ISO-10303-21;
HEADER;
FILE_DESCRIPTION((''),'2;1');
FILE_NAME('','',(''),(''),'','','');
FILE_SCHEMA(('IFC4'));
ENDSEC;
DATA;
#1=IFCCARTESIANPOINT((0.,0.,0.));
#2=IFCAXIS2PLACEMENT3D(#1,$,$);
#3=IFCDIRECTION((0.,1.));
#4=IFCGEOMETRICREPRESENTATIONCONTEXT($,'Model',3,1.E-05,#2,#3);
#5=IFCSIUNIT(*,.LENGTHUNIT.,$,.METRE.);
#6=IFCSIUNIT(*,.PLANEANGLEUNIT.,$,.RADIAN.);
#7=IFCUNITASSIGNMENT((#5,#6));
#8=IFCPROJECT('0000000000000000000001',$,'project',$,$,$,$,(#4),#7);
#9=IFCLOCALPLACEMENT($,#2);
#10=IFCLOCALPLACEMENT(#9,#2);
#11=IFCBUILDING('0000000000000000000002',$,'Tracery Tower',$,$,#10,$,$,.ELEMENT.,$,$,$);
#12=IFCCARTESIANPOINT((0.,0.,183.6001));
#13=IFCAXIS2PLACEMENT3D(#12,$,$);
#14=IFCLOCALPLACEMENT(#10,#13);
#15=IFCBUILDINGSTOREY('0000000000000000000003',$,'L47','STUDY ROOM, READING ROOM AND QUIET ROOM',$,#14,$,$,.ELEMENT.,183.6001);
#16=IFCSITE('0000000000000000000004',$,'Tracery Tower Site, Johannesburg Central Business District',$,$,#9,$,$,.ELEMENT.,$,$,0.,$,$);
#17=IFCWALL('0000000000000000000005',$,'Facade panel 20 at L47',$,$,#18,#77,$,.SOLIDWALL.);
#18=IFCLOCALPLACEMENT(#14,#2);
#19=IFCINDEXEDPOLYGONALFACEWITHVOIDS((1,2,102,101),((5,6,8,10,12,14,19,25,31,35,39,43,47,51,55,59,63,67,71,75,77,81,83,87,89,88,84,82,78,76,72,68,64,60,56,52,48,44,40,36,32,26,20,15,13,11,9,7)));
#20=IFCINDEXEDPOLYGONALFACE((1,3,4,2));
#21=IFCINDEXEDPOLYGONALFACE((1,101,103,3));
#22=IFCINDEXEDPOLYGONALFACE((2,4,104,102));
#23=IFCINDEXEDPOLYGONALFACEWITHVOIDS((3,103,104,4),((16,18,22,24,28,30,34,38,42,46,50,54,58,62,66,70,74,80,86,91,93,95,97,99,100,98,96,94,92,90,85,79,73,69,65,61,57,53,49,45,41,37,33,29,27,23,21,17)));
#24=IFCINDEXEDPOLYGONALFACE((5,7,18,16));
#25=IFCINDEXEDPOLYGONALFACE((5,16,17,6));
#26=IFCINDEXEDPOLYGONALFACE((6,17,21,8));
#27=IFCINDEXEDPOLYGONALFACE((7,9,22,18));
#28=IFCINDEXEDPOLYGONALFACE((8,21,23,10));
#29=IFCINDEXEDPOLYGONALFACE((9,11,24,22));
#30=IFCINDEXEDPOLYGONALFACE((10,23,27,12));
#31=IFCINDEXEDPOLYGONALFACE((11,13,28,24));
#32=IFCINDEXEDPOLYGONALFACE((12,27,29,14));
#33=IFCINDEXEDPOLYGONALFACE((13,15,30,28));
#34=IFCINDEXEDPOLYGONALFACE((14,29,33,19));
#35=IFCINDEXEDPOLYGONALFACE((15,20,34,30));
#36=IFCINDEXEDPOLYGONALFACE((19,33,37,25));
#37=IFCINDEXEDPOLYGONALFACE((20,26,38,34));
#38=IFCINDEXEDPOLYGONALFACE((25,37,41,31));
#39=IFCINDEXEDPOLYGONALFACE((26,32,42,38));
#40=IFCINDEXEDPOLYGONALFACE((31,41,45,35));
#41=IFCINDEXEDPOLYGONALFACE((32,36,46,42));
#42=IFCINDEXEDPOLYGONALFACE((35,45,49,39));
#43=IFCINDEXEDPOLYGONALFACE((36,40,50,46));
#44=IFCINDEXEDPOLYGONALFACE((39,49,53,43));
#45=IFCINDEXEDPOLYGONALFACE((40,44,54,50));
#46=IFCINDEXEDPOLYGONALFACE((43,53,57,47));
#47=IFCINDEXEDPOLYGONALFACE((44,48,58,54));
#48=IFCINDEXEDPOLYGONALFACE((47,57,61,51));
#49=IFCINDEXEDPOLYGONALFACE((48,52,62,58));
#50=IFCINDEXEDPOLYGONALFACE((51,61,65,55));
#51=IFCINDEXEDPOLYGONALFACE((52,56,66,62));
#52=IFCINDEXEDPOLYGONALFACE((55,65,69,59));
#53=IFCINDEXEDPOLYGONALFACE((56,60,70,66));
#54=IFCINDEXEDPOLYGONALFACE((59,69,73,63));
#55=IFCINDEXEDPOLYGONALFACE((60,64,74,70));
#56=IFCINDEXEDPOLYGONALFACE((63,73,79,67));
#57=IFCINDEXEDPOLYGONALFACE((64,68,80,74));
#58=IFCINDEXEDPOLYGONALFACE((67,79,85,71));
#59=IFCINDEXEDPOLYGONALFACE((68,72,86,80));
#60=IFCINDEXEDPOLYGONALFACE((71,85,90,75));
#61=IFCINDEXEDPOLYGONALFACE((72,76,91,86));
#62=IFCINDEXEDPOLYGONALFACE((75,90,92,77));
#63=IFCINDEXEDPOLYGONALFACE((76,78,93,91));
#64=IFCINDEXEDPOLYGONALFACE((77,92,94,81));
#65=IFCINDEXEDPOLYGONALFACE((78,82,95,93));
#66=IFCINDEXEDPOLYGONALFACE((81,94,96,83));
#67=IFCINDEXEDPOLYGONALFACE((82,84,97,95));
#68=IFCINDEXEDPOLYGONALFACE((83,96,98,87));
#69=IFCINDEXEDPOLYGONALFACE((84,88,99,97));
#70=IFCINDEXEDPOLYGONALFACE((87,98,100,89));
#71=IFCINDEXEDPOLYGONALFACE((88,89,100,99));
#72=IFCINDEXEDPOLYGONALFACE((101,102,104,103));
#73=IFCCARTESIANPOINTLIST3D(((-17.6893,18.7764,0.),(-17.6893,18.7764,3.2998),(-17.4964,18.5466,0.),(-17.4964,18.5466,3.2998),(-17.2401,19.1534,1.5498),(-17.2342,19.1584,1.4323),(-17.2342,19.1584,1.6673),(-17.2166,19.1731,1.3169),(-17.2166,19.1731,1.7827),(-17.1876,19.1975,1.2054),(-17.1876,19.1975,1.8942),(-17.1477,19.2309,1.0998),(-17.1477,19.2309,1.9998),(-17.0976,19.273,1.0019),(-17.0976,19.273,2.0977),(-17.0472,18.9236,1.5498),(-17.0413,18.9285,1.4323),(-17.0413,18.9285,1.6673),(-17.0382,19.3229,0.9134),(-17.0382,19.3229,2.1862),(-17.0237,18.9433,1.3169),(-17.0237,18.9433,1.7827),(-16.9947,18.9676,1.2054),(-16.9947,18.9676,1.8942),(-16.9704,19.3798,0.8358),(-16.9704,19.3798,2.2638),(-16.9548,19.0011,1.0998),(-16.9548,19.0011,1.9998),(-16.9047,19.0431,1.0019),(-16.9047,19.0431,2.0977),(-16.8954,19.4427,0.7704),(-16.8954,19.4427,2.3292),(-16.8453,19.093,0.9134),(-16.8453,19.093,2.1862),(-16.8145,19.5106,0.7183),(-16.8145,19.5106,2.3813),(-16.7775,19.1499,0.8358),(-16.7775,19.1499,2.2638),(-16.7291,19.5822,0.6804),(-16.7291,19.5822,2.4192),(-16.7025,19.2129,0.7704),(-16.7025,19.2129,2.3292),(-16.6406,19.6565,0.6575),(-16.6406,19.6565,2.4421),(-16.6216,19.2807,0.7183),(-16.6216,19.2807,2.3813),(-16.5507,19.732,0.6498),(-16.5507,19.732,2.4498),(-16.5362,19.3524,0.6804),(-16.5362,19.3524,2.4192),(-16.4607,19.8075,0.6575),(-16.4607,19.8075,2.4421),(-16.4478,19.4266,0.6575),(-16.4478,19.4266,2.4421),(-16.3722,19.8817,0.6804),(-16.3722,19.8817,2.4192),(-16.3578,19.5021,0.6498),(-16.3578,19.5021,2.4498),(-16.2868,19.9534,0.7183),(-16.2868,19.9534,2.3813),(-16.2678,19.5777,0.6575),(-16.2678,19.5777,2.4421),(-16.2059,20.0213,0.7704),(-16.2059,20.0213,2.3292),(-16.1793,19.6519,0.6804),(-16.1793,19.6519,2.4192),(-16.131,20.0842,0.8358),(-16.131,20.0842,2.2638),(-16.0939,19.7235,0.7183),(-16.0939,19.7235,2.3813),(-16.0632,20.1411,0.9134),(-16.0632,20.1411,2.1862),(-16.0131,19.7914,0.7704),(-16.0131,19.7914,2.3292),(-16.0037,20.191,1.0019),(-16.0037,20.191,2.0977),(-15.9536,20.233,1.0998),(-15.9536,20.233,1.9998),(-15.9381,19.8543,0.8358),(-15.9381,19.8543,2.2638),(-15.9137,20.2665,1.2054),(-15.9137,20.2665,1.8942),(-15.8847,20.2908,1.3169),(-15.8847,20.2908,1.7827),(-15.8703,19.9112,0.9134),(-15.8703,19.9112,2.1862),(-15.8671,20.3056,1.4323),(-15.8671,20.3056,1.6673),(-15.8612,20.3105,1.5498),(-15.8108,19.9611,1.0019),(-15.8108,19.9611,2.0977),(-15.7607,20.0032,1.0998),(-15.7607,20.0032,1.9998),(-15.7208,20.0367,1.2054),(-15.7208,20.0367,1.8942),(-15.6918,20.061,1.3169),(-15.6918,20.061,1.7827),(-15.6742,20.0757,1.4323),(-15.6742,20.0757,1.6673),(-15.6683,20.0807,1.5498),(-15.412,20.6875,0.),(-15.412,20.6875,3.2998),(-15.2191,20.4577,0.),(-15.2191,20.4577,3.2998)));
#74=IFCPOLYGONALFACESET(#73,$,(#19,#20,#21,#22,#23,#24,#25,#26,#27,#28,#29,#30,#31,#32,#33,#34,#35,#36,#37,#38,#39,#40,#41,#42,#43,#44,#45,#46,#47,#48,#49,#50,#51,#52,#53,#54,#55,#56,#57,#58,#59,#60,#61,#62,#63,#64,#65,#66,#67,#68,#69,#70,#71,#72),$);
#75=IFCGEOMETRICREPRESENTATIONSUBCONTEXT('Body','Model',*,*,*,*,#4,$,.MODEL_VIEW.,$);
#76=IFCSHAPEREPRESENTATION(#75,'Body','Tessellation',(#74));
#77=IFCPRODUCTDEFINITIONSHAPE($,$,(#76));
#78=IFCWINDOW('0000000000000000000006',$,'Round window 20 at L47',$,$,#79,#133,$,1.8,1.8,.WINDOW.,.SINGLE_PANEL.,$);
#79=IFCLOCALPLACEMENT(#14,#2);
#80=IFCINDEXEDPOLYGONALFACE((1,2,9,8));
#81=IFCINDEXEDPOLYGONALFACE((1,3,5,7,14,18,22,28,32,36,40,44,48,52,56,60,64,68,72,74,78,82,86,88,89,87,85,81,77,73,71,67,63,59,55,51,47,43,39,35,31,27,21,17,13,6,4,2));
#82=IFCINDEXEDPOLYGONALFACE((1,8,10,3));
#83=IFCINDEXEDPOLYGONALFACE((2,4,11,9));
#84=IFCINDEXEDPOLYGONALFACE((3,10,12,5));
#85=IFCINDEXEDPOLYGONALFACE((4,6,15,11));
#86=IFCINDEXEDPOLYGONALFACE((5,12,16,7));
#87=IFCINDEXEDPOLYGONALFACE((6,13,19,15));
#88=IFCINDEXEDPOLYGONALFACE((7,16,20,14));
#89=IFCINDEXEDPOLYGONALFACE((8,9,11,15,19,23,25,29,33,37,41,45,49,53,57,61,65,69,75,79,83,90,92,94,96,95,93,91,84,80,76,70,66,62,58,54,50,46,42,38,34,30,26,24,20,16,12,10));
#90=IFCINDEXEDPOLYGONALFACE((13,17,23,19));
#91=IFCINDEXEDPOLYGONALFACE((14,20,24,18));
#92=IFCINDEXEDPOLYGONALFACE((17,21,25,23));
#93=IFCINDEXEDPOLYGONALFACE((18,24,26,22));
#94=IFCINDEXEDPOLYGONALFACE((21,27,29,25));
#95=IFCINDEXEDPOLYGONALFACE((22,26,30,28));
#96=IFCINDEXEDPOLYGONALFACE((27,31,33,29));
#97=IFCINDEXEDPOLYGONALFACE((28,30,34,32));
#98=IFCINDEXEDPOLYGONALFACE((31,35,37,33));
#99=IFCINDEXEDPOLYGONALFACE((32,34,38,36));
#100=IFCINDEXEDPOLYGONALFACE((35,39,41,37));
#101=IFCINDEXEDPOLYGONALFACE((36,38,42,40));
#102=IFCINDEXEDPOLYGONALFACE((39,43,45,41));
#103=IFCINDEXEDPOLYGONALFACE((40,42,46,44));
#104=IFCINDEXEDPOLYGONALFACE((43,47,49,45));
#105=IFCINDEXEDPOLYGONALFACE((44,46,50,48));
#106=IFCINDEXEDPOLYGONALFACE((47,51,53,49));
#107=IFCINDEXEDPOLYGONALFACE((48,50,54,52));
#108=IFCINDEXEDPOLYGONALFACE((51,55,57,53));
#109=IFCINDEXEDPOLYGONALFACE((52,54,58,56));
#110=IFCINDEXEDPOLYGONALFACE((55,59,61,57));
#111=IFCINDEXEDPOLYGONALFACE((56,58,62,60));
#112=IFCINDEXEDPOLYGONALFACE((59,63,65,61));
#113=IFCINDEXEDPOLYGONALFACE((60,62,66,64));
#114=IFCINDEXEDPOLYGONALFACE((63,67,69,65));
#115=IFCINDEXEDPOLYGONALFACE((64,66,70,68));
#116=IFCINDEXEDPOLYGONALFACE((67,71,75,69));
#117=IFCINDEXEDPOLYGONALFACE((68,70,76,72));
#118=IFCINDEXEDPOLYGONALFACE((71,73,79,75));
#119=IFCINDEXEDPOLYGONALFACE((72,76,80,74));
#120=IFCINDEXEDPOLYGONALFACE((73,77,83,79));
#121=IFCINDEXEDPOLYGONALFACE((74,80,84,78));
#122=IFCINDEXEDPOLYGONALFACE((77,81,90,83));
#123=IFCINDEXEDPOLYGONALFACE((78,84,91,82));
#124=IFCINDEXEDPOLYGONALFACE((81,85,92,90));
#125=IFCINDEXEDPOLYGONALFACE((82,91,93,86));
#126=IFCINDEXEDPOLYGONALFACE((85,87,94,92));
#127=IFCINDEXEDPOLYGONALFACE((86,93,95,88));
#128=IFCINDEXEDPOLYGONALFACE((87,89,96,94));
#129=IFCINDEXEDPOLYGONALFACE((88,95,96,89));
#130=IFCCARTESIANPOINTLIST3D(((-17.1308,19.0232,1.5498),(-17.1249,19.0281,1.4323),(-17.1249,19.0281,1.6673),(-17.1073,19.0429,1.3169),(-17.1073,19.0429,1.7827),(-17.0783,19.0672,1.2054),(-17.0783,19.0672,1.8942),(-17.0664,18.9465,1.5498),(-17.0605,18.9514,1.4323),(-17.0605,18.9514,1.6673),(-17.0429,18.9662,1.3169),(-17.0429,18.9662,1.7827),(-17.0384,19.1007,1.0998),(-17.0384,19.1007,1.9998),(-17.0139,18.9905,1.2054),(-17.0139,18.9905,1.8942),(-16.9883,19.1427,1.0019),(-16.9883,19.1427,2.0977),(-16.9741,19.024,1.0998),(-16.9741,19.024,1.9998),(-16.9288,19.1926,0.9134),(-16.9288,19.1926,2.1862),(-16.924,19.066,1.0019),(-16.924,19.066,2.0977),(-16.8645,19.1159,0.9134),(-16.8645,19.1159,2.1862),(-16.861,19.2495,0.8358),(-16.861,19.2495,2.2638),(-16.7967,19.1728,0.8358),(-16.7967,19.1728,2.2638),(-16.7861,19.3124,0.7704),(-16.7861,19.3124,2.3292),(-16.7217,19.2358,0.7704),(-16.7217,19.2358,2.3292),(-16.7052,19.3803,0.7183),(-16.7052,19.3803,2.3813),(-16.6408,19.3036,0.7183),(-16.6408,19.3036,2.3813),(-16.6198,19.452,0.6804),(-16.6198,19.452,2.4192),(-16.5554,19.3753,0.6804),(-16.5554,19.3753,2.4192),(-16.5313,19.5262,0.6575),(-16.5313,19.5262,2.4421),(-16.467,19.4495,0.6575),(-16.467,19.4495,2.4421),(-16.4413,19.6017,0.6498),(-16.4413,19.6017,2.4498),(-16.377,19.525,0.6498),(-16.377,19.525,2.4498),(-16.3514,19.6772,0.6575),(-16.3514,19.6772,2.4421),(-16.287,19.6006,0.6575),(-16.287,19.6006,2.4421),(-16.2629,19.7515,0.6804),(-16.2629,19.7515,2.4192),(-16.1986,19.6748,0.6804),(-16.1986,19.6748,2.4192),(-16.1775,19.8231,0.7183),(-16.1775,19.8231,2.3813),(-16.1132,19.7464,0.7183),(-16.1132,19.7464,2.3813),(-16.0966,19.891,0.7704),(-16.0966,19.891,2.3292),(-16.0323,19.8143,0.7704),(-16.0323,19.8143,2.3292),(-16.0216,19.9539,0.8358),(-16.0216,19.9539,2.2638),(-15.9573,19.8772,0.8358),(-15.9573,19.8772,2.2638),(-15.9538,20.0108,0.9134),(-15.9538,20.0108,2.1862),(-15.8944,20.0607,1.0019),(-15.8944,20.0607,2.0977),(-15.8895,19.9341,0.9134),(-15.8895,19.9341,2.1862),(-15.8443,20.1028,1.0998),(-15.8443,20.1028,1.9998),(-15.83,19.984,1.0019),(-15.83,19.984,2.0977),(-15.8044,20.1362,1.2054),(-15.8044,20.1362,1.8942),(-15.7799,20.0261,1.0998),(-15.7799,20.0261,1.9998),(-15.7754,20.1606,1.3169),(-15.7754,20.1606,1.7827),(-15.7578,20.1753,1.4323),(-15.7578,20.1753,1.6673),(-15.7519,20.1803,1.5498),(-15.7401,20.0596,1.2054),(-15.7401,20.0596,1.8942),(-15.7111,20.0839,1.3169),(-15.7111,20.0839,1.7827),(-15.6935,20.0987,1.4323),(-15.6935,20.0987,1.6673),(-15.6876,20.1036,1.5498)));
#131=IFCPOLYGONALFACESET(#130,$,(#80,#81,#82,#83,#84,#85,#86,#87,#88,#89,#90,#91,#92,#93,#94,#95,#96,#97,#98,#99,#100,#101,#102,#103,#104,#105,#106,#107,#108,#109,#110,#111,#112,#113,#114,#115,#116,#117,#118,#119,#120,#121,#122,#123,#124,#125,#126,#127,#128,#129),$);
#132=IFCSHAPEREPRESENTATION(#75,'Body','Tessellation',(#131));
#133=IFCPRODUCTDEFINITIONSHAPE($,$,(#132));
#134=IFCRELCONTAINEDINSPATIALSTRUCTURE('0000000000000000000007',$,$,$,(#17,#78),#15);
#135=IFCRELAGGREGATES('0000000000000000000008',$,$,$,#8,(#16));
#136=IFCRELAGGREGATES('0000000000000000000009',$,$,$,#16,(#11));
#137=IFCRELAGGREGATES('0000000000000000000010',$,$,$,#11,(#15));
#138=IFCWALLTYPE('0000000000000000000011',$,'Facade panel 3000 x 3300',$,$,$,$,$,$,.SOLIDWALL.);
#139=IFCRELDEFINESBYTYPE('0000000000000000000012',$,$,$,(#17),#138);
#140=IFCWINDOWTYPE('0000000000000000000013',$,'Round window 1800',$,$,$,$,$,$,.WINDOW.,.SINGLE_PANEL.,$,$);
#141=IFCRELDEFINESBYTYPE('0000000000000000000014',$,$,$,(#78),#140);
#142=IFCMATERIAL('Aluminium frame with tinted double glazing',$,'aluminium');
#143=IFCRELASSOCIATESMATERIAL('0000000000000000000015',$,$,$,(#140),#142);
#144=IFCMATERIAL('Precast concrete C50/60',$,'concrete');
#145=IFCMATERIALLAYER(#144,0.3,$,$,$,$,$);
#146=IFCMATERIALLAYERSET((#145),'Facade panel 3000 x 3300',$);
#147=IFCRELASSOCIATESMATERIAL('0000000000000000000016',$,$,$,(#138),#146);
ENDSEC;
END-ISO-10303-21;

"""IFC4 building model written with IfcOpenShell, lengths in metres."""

from ifc_helpers import new_model, si_unit, direction, frame, frame_2d, origin, origin_2d, place, context, subcontext, project, spatial, rectangle, circle, extrude, material, layer, layer_set, type_object, element, fill, save


model = new_model("IFC4")

# Units and contexts
model_context = context("Model", 3, precision=1e-05, world=origin(), true_north=direction((0.0, 1.0)))
body_context = subcontext(model_context, "Body", "Model", "MODEL_VIEW")
ifc_project = project(units=[si_unit("LENGTHUNIT", "METRE"), si_unit("PLANEANGLEUNIT", "RADIAN")], contexts=[model_context])

# Site, building, storey
site_placement = place(None, origin())
site = spatial("IfcSite", under=ifc_project, at=site_placement, Name="Tracery Tower Site, Johannesburg Central Business District", CompositionType="ELEMENT", RefElevation=0.0)
building_placement = place(site_placement, origin())
building = spatial("IfcBuilding", under=site, at=building_placement, Name="Tracery Tower", CompositionType="ELEMENT")
storey_placement = place(building_placement, frame((0.0, 0.0, 183.6001)))
storey = spatial("IfcBuildingStorey", under=building, at=storey_placement, Name="L47", Description="STUDY ROOM, READING ROOM AND QUIET ROOM", CompositionType="ELEMENT", Elevation=183.6001)

# Wall, opening, window
ifc_material_1 = material(Name="Aluminium frame with tinted double glazing", Category="aluminium")
window_type = type_object("IfcWindowType", Name="Round window 1800", PartitioningType="SINGLE_PANEL", PredefinedType="WINDOW", material=ifc_material_1)
ifc_material_2 = material(Name="Precast concrete C50/60", Category="concrete")
ifc_layer_1 = layer(ifc_material_2, 0.3)
ifc_layer_set_1 = layer_set([ifc_layer_1], Name="Facade panel 3000 x 3300")
wall_type_1 = type_object("IfcWallType", Name="Facade panel 3000 x 3300", PredefinedType="SOLIDWALL", material=ifc_layer_set_1)
wall_1_placement = place(storey_placement, frame((-15.3157, 20.5725, 0.0), z_axis=(0.0, 0.0, 1.0), x_axis=(-0.766009, -0.64283, 0.0)))
wall_1 = element("IfcWall", 1, at=wall_1_placement, inside=storey, type_object=wall_type_1, Name="Facade panel 20 at L47", PredefinedType="SOLIDWALL", context=body_context, shape_type="SweptSolid", body=[
    extrude(rectangle(XDim=2.9729, YDim=0.3, at=frame_2d((1.4863, 0.0))), origin(), (0.0, 0.0, 1.0), 3.2998),
])
opening_1_placement = place(wall_1_placement, frame((1.4863, 0.0, 1.5498)))
opening_1 = element("IfcOpeningElement", 2, at=opening_1_placement, cuts=wall_1, PredefinedType="OPENING", context=body_context, shape_type="SweptSolid", body=[
    extrude(circle(Radius=0.9, at=origin_2d()), frame((0.0, 0.1599, 0.0), z_axis=(0.0, -1.0, 0.0), x_axis=(1.0, 0.0, 0.0)), (0.0, 0.0, 1.0), 0.3201),
])
window_1_placement = place(opening_1_placement, origin())
window_1 = element("IfcWindow", 3, at=window_1_placement, inside=storey, type_object=window_type, Name="Round window 20 at L47", OverallHeight=1.8, OverallWidth=1.8, PartitioningType="SINGLE_PANEL", PredefinedType="WINDOW", context=body_context, shape_type="SweptSolid", body=[
    extrude(circle(Radius=0.9, at=origin_2d()), frame((0.0, 0.1201, 0.0), z_axis=(0.0, -1.0, 0.0), x_axis=(1.0, 0.0, 0.0)), (0.0, 0.0, 1.0), 0.1001),
])
fill(opening_1, window_1)

save(model, "model.ifc")
